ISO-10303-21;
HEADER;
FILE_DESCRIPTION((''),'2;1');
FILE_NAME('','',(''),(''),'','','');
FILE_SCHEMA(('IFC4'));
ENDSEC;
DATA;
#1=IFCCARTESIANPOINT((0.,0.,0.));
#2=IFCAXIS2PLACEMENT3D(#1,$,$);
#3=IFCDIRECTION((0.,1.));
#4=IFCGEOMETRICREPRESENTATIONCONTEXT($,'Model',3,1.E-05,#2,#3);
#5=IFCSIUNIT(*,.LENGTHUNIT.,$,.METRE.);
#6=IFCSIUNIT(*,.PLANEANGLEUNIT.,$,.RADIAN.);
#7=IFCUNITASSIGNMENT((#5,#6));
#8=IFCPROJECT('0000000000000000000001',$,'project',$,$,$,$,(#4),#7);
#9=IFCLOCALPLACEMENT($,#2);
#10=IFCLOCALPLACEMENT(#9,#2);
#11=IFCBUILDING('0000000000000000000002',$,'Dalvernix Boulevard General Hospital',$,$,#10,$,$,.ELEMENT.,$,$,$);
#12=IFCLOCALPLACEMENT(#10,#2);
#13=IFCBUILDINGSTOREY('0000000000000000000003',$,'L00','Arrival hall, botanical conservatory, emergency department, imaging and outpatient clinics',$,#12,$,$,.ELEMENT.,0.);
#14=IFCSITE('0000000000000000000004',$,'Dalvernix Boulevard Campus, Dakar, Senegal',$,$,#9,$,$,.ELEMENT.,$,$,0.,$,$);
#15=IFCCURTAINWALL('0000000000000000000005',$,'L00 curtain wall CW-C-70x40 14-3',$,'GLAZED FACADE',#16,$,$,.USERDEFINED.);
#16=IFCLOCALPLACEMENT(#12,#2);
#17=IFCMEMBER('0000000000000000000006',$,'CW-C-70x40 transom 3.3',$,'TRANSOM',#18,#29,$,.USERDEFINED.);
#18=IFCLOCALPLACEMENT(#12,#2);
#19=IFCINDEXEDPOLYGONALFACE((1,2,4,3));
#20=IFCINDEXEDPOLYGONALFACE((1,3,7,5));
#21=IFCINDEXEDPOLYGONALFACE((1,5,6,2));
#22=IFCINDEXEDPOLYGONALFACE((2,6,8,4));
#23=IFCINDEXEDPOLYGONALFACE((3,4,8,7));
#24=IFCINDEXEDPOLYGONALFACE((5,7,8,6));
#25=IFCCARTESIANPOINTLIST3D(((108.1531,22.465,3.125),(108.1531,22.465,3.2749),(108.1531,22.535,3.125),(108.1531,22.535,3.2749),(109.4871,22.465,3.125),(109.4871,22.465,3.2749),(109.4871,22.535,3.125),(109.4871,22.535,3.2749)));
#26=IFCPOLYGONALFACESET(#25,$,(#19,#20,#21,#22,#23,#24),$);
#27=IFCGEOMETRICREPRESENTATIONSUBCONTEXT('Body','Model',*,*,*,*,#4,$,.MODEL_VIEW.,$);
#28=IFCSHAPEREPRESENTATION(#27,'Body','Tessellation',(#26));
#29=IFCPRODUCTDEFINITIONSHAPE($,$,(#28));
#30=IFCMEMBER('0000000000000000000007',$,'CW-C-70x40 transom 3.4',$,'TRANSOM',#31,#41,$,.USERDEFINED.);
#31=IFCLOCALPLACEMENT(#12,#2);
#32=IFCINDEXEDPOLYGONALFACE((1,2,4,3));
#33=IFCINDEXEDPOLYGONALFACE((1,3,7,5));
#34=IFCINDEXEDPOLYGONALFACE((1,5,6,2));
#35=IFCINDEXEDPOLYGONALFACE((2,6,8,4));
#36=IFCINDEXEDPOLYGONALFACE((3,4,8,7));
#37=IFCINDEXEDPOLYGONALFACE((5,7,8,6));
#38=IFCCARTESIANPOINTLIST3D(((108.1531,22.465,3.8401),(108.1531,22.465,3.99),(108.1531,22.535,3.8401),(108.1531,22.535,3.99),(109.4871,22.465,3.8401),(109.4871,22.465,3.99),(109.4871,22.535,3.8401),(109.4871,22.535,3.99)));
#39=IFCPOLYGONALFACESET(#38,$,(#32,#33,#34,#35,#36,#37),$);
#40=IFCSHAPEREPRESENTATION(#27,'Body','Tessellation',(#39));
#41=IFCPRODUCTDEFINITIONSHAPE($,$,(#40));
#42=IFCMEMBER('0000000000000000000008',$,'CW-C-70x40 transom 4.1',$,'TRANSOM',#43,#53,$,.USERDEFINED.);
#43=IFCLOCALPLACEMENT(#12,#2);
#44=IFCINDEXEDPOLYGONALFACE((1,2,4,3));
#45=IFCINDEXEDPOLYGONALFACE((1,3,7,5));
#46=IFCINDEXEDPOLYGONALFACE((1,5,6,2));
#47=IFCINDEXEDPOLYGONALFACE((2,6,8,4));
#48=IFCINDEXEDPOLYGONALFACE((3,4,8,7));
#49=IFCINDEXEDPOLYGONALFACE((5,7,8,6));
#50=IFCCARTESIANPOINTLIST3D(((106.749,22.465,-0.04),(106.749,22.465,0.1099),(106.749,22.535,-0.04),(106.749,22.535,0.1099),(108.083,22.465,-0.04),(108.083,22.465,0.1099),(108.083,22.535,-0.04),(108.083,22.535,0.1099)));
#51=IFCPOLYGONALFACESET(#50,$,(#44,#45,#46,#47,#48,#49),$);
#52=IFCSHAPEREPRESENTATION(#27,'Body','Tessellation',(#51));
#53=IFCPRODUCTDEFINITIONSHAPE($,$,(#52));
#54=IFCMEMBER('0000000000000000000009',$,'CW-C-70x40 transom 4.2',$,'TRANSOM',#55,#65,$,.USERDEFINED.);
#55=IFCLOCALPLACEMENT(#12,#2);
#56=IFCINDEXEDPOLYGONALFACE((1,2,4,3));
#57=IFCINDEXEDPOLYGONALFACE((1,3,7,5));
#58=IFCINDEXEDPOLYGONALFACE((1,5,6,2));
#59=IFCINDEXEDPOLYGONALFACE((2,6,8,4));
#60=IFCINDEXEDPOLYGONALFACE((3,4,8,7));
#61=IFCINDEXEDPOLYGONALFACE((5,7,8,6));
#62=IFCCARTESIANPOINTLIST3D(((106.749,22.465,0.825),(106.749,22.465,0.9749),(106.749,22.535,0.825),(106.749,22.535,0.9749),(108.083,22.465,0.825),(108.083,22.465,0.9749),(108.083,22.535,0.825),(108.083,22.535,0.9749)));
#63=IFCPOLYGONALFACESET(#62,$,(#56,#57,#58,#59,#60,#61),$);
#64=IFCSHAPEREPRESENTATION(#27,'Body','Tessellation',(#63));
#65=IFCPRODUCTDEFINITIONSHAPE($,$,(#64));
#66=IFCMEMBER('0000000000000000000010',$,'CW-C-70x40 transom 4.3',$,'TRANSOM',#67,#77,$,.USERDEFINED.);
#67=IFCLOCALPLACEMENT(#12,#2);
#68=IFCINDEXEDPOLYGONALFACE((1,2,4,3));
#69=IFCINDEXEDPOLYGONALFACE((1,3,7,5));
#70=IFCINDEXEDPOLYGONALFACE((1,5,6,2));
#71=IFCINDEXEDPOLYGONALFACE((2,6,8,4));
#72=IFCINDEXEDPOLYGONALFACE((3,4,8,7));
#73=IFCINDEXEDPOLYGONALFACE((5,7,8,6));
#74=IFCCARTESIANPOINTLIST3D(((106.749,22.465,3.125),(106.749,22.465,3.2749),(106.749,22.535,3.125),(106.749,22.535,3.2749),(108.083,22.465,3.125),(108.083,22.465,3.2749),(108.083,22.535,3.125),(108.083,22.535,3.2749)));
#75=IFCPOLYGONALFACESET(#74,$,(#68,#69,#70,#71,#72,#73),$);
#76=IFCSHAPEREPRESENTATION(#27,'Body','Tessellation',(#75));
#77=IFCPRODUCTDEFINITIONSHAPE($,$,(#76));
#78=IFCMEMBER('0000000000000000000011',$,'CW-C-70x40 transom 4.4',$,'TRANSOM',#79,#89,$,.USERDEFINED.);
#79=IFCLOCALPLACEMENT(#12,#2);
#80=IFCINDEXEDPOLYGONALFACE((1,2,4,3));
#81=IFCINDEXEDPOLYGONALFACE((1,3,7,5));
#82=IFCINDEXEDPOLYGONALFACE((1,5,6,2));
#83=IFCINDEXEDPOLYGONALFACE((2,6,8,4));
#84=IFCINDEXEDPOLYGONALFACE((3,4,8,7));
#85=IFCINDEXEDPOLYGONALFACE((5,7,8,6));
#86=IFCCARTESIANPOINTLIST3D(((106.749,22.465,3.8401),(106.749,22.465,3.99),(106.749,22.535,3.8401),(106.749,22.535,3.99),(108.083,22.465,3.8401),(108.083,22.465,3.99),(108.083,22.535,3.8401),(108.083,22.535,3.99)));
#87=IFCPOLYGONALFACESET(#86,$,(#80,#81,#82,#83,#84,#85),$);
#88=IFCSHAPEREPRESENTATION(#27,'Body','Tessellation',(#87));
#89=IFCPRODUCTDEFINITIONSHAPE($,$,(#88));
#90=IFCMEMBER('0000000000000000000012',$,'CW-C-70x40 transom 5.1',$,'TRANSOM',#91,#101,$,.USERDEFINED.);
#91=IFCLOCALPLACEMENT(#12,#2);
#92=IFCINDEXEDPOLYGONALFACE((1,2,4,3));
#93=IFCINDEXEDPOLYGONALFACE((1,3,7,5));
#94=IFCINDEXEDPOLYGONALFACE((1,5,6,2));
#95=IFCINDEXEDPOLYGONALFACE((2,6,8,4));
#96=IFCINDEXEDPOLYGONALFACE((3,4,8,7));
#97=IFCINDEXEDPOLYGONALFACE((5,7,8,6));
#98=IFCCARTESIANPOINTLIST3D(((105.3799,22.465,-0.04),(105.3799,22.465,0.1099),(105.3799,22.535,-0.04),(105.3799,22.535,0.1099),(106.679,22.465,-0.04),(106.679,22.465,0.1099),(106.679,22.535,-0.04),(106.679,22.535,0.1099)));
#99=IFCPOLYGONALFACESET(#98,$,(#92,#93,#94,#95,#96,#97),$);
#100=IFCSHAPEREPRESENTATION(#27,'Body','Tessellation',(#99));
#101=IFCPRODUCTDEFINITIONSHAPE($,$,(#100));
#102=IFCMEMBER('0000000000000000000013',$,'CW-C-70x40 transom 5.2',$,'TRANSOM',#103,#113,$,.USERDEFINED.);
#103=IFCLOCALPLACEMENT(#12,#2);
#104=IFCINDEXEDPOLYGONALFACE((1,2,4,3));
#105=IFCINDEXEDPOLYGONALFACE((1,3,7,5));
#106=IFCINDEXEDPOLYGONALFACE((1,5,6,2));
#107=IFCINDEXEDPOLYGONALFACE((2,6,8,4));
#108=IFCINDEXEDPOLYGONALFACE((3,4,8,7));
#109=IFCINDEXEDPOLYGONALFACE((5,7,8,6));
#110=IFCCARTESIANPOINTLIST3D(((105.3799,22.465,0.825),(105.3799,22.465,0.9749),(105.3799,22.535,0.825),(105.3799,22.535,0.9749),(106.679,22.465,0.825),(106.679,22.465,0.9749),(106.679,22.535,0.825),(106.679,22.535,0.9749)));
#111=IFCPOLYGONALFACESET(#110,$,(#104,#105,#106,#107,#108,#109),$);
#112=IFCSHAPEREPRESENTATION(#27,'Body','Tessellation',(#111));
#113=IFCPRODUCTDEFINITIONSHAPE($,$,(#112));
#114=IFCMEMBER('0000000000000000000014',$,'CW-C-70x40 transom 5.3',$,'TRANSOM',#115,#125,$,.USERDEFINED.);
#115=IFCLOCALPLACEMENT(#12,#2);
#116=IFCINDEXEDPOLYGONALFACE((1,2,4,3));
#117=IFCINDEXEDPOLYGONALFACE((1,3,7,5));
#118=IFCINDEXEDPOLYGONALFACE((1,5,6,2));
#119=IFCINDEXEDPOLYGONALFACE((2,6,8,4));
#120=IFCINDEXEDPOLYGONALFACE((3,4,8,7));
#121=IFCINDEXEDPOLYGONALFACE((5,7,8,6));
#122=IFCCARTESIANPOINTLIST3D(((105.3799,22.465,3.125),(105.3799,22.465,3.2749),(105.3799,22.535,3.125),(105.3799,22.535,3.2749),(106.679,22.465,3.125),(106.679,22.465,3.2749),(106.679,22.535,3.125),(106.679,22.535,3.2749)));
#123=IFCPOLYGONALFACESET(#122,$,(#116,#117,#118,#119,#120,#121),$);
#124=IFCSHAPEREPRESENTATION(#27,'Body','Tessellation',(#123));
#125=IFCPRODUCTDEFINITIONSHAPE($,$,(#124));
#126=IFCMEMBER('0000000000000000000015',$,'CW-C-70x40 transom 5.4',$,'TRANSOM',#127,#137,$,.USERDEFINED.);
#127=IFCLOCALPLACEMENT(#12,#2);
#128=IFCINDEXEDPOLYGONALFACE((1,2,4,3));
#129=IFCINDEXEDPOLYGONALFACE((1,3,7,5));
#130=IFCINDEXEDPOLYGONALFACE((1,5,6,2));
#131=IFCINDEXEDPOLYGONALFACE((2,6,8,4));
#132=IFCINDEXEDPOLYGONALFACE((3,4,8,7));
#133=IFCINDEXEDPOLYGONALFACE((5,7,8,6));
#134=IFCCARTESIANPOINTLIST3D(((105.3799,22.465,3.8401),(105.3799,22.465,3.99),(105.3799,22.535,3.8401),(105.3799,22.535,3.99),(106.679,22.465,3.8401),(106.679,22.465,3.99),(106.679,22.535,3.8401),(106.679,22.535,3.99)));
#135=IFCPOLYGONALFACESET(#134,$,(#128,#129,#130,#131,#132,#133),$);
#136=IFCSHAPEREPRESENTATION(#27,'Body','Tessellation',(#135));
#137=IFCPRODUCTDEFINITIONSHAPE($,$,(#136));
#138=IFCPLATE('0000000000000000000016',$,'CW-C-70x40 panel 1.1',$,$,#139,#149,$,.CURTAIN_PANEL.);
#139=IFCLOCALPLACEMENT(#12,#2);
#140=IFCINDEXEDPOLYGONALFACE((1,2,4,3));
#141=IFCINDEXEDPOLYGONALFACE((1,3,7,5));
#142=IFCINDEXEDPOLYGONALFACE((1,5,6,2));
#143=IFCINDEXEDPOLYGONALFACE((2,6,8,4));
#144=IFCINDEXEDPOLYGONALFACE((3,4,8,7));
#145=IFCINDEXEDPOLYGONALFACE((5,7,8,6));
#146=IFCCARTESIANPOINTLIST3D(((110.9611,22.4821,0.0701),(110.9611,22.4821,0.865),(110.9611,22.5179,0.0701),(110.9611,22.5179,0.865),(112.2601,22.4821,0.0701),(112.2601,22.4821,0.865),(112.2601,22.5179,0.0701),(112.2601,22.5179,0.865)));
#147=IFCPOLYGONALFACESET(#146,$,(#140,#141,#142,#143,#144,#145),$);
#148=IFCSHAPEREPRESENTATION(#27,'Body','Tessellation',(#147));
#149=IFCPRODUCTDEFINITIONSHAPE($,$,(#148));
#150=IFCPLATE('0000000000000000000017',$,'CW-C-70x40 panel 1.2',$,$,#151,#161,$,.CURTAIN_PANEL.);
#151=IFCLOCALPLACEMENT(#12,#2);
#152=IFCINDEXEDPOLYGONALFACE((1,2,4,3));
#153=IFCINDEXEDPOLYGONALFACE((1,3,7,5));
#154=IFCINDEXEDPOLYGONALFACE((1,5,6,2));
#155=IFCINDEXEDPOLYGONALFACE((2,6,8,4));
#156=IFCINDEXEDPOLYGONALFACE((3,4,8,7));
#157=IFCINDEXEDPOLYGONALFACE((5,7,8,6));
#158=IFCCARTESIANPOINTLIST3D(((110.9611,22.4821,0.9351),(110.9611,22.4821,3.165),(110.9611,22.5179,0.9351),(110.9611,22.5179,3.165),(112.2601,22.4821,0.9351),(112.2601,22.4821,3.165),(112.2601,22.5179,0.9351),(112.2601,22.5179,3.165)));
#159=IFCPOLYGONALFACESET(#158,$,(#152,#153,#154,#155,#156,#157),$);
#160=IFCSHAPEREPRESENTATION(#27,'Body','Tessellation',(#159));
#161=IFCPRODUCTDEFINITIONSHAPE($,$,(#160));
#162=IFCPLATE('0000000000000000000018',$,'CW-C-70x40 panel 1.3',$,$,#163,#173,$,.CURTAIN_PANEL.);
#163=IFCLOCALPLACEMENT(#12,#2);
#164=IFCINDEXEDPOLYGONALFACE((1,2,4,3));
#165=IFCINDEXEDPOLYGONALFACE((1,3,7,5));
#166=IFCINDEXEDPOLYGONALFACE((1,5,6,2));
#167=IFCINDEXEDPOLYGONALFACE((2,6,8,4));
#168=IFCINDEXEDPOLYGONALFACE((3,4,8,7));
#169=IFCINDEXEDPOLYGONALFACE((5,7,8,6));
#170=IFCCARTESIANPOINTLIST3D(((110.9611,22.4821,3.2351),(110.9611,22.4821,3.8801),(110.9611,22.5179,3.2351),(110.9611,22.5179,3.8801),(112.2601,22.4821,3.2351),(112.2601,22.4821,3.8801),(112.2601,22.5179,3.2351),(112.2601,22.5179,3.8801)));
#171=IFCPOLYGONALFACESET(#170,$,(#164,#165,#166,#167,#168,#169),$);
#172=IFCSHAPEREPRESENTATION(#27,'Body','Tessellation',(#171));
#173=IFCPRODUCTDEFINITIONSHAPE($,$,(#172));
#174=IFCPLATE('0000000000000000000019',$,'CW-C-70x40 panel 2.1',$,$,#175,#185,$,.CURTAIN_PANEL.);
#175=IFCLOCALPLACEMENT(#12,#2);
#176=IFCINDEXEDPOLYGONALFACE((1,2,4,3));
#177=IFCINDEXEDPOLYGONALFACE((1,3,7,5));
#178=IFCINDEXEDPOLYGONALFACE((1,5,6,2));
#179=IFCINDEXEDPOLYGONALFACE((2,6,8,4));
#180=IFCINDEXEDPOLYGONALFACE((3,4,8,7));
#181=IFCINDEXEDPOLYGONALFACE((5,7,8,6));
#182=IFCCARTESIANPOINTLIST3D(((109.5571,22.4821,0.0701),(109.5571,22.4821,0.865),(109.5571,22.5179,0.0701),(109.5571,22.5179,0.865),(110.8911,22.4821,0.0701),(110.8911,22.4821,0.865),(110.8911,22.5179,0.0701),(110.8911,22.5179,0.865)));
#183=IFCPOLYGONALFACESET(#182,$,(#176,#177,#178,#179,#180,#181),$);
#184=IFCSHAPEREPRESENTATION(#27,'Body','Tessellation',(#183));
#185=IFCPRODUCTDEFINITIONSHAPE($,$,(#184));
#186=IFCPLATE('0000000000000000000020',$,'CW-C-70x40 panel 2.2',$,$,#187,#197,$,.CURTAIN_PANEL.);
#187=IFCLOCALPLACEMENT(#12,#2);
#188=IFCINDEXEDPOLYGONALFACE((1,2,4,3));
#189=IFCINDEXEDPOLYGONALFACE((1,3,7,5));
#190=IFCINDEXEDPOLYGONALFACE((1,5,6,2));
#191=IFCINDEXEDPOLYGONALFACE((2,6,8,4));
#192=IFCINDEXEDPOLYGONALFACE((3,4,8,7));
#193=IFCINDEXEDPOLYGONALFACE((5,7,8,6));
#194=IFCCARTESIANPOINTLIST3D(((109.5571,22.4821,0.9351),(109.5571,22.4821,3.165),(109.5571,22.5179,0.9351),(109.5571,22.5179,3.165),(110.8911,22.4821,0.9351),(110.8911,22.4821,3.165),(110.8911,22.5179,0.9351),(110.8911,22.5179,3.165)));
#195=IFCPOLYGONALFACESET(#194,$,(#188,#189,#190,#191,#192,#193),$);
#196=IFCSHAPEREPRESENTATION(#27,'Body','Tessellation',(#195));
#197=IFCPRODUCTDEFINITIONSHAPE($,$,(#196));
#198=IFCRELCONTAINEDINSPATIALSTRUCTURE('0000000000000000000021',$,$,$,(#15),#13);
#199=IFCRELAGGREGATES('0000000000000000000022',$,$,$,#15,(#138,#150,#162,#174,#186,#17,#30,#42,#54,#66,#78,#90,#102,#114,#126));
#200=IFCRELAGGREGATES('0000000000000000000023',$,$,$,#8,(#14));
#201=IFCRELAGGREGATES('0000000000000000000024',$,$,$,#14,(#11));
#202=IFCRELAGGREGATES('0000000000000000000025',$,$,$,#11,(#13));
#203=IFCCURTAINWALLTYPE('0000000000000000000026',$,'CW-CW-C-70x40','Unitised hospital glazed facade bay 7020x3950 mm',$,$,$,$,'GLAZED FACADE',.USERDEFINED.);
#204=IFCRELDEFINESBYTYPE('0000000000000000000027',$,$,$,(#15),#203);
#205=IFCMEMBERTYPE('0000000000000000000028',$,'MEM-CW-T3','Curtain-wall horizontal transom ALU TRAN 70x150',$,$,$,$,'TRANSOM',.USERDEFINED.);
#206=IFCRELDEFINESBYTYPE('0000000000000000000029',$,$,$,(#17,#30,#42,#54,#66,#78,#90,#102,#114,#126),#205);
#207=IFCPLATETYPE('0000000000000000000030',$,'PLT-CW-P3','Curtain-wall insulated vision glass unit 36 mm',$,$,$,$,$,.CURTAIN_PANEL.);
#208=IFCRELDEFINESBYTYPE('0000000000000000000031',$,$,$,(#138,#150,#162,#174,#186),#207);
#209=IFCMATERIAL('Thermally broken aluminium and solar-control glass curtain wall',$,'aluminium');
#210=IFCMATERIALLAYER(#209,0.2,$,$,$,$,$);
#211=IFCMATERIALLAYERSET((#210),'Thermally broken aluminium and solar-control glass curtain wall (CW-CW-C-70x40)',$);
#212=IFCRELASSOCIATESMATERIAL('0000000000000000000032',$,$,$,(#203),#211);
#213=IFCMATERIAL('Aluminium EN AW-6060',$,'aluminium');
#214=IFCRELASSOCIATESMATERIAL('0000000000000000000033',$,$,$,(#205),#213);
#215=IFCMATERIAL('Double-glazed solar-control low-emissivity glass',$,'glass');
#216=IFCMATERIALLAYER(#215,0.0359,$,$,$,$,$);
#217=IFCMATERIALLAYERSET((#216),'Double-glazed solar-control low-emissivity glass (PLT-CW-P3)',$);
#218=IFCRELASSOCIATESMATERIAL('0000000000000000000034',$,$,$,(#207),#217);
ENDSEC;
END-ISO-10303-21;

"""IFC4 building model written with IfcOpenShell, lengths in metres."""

from ifc_helpers import new_model, si_unit, direction, frame, origin, origin_2d, place, context, subcontext, project, spatial, rectangle, extrude, material, layer, layer_set, material_profile, profile_set, type_object, element, aggregate, save


model = new_model("IFC4")

# Units and contexts
model_context = context("Model", 3, precision=1e-05, world=origin(), true_north=direction((0.0, 1.0)))
body_context = subcontext(model_context, "Body", "Model", "MODEL_VIEW")
ifc_project = project(units=[si_unit("LENGTHUNIT", "METRE"), si_unit("PLANEANGLEUNIT", "RADIAN")], contexts=[model_context])

# Site, building, storey
site_placement = place(None, origin())
site = spatial("IfcSite", under=ifc_project, at=site_placement, Name="Dalvernix Boulevard Campus, Dakar, Senegal", CompositionType="ELEMENT", RefElevation=0.0)
building_placement = place(site_placement, origin())
building = spatial("IfcBuilding", under=site, at=building_placement, Name="Dalvernix Boulevard General Hospital", CompositionType="ELEMENT")
storey_placement = place(building_placement, origin())
storey = spatial("IfcBuildingStorey", under=building, at=storey_placement, Name="L00", Description="Arrival hall, botanical conservatory, emergency department, imaging and outpatient clinics", CompositionType="ELEMENT", Elevation=0.0)

# Curtain wall, members, plates
ifc_material_1 = material(Name="Thermally broken aluminium and solar-control glass curtain wall", Category="aluminium")
ifc_layer_1 = layer(ifc_material_1, 0.2)
ifc_layer_set_1 = layer_set([ifc_layer_1], Name="Thermally broken aluminium and solar-control glass curtain wall (CW-CW-C-70x40)")
curtain_wall_type = type_object("IfcCurtainWallType", Name="CW-CW-C-70x40", Description="Unitised hospital glazed facade bay 7020x3950 mm", ElementType="GLAZED FACADE", PredefinedType="USERDEFINED", material=ifc_layer_set_1)
curtain_wall_placement = place(storey_placement, origin())
curtain_wall = element("IfcCurtainWall", 1, at=curtain_wall_placement, inside=storey, type_object=curtain_wall_type, Name="L00 curtain wall CW-C-70x40 14-3", ObjectType="GLAZED FACADE", PredefinedType="USERDEFINED")
ifc_material_2 = material(Name="Aluminium EN AW-6060", Category="aluminium")
ifc_material_profile_1 = material_profile(ifc_material_2, rectangle(XDim=0.0701, YDim=0.1499, at=origin_2d()), Name="ALU TRAN 70x150")
ifc_profile_set_1 = profile_set([ifc_material_profile_1], Name="Aluminium EN AW-6060")
member_type_1 = type_object("IfcMemberType", Name="MEM-CW-T3", Description="Curtain-wall horizontal transom ALU TRAN 70x150", ElementType="TRANSOM", PredefinedType="USERDEFINED", material=ifc_profile_set_1)
member_1_placement = place(storey_placement, frame((109.4871, 22.5, 3.2), z_axis=(-1.0, 0.0, 0.0), x_axis=(0.0, -1.0, 0.0)))
member_1 = element("IfcMember", 2, at=member_1_placement, type_object=member_type_1, Name="CW-C-70x40 transom 3.3", ObjectType="TRANSOM", PredefinedType="USERDEFINED", context=body_context, shape_type="SweptSolid", body=[
    extrude(rectangle(XDim=0.0701, YDim=0.1499, at=origin_2d()), origin(), (0.0, 0.0, 1.0), 1.334),
])
member_2_placement = place(storey_placement, frame((109.4871, 22.5, 3.915), z_axis=(-1.0, 0.0, 0.0), x_axis=(0.0, -1.0, 0.0)))
member_2 = element("IfcMember", 3, at=member_2_placement, type_object=member_type_1, Name="CW-C-70x40 transom 3.4", ObjectType="TRANSOM", PredefinedType="USERDEFINED", context=body_context, shape_type="SweptSolid", body=[
    extrude(rectangle(XDim=0.0701, YDim=0.1499, at=origin_2d()), origin(), (0.0, 0.0, 1.0), 1.334),
])
member_3_placement = place(storey_placement, frame((108.083, 22.5, 0.0349), z_axis=(-1.0, 0.0, 0.0), x_axis=(0.0, -1.0, 0.0)))
member_3 = element("IfcMember", 4, at=member_3_placement, type_object=member_type_1, Name="CW-C-70x40 transom 4.1", ObjectType="TRANSOM", PredefinedType="USERDEFINED", context=body_context, shape_type="SweptSolid", body=[
    extrude(rectangle(XDim=0.0701, YDim=0.1499, at=origin_2d()), origin(), (0.0, 0.0, 1.0), 1.334),
])
member_4_placement = place(storey_placement, frame((108.083, 22.5, 0.8999), z_axis=(-1.0, 0.0, 0.0), x_axis=(0.0, -1.0, 0.0)))
member_4 = element("IfcMember", 5, at=member_4_placement, type_object=member_type_1, Name="CW-C-70x40 transom 4.2", ObjectType="TRANSOM", PredefinedType="USERDEFINED", context=body_context, shape_type="SweptSolid", body=[
    extrude(rectangle(XDim=0.0701, YDim=0.1499, at=origin_2d()), origin(), (0.0, 0.0, 1.0), 1.334),
])
member_5_placement = place(storey_placement, frame((108.083, 22.5, 3.2), z_axis=(-1.0, 0.0, 0.0), x_axis=(0.0, -1.0, 0.0)))
member_5 = element("IfcMember", 6, at=member_5_placement, type_object=member_type_1, Name="CW-C-70x40 transom 4.3", ObjectType="TRANSOM", PredefinedType="USERDEFINED", context=body_context, shape_type="SweptSolid", body=[
    extrude(rectangle(XDim=0.0701, YDim=0.1499, at=origin_2d()), origin(), (0.0, 0.0, 1.0), 1.334),
])
member_6_placement = place(storey_placement, frame((108.083, 22.5, 3.915), z_axis=(-1.0, 0.0, 0.0), x_axis=(0.0, -1.0, 0.0)))
member_6 = element("IfcMember", 7, at=member_6_placement, type_object=member_type_1, Name="CW-C-70x40 transom 4.4", ObjectType="TRANSOM", PredefinedType="USERDEFINED", context=body_context, shape_type="SweptSolid", body=[
    extrude(rectangle(XDim=0.0701, YDim=0.1499, at=origin_2d()), origin(), (0.0, 0.0, 1.0), 1.334),
])
member_7_placement = place(storey_placement, frame((106.679, 22.5, 0.0349), z_axis=(-1.0, 0.0, 0.0), x_axis=(0.0, -1.0, 0.0)))
member_7 = element("IfcMember", 8, at=member_7_placement, type_object=member_type_1, Name="CW-C-70x40 transom 5.1", ObjectType="TRANSOM", PredefinedType="USERDEFINED", context=body_context, shape_type="SweptSolid", body=[
    extrude(rectangle(XDim=0.0701, YDim=0.1499, at=origin_2d()), origin(), (0.0, 0.0, 1.0), 1.2991),
])
member_8_placement = place(storey_placement, frame((106.679, 22.5, 0.8999), z_axis=(-1.0, 0.0, 0.0), x_axis=(0.0, -1.0, 0.0)))
member_8 = element("IfcMember", 9, at=member_8_placement, type_object=member_type_1, Name="CW-C-70x40 transom 5.2", ObjectType="TRANSOM", PredefinedType="USERDEFINED", context=body_context, shape_type="SweptSolid", body=[
    extrude(rectangle(XDim=0.0701, YDim=0.1499, at=origin_2d()), origin(), (0.0, 0.0, 1.0), 1.2991),
])
member_9_placement = place(storey_placement, frame((106.679, 22.5, 3.2), z_axis=(-1.0, 0.0, 0.0), x_axis=(0.0, -1.0, 0.0)))
member_9 = element("IfcMember", 10, at=member_9_placement, type_object=member_type_1, Name="CW-C-70x40 transom 5.3", ObjectType="TRANSOM", PredefinedType="USERDEFINED", context=body_context, shape_type="SweptSolid", body=[
    extrude(rectangle(XDim=0.0701, YDim=0.1499, at=origin_2d()), origin(), (0.0, 0.0, 1.0), 1.2991),
])
member_10_placement = place(storey_placement, frame((106.679, 22.5, 3.915), z_axis=(-1.0, 0.0, 0.0), x_axis=(0.0, -1.0, 0.0)))
member_10 = element("IfcMember", 11, at=member_10_placement, type_object=member_type_1, Name="CW-C-70x40 transom 5.4", ObjectType="TRANSOM", PredefinedType="USERDEFINED", context=body_context, shape_type="SweptSolid", body=[
    extrude(rectangle(XDim=0.0701, YDim=0.1499, at=origin_2d()), origin(), (0.0, 0.0, 1.0), 1.2991),
])
ifc_material_3 = material(Name="Double-glazed solar-control low-emissivity glass", Category="glass")
ifc_layer_2 = layer(ifc_material_3, 0.0359)
ifc_layer_set_2 = layer_set([ifc_layer_2], Name="Double-glazed solar-control low-emissivity glass (PLT-CW-P3)")
plate_type = type_object("IfcPlateType", Name="PLT-CW-P3", Description="Curtain-wall insulated vision glass unit 36 mm", PredefinedType="CURTAIN_PANEL", material=ifc_layer_set_2)
plate_1_placement = place(storey_placement, frame((111.6106, 22.5, 0.0701), z_axis=(0.0, 0.0, 1.0), x_axis=(-1.0, 0.0, 0.0)))
plate_1 = element("IfcPlate", 12, at=plate_1_placement, type_object=plate_type, Name="CW-C-70x40 panel 1.1", PredefinedType="CURTAIN_PANEL", context=body_context, shape_type="SweptSolid", body=[
    extrude(rectangle(XDim=1.2991, YDim=0.0359, at=origin_2d()), origin(), (0.0, 0.0, 1.0), 0.7949),
])
plate_2_placement = place(storey_placement, frame((111.6106, 22.5, 0.9351), z_axis=(0.0, 0.0, 1.0), x_axis=(-1.0, 0.0, 0.0)))
plate_2 = element("IfcPlate", 13, at=plate_2_placement, type_object=plate_type, Name="CW-C-70x40 panel 1.2", PredefinedType="CURTAIN_PANEL", context=body_context, shape_type="SweptSolid", body=[
    extrude(rectangle(XDim=1.2991, YDim=0.0359, at=origin_2d()), origin(), (0.0, 0.0, 1.0), 2.23),
])
plate_3_placement = place(storey_placement, frame((111.6106, 22.5, 3.2351), z_axis=(0.0, 0.0, 1.0), x_axis=(-1.0, 0.0, 0.0)))
plate_3 = element("IfcPlate", 14, at=plate_3_placement, type_object=plate_type, Name="CW-C-70x40 panel 1.3", PredefinedType="CURTAIN_PANEL", context=body_context, shape_type="SweptSolid", body=[
    extrude(rectangle(XDim=1.2991, YDim=0.0359, at=origin_2d()), origin(), (0.0, 0.0, 1.0), 0.645),
])
plate_4_placement = place(storey_placement, frame((110.2241, 22.5, 0.0701), z_axis=(0.0, 0.0, 1.0), x_axis=(-1.0, 0.0, 0.0)))
plate_4 = element("IfcPlate", 15, at=plate_4_placement, type_object=plate_type, Name="CW-C-70x40 panel 2.1", PredefinedType="CURTAIN_PANEL", context=body_context, shape_type="SweptSolid", body=[
    extrude(rectangle(XDim=1.334, YDim=0.0359, at=origin_2d()), origin(), (0.0, 0.0, 1.0), 0.7949),
])
plate_5_placement = place(storey_placement, frame((110.2241, 22.5, 0.9351), z_axis=(0.0, 0.0, 1.0), x_axis=(-1.0, 0.0, 0.0)))
plate_5 = element("IfcPlate", 16, at=plate_5_placement, type_object=plate_type, Name="CW-C-70x40 panel 2.2", PredefinedType="CURTAIN_PANEL", context=body_context, shape_type="SweptSolid", body=[
    extrude(rectangle(XDim=1.334, YDim=0.0359, at=origin_2d()), origin(), (0.0, 0.0, 1.0), 2.23),
])
aggregate(curtain_wall, [plate_1, plate_2, plate_3, plate_4, plate_5, member_1, member_2, member_3, member_4, member_5, member_6, member_7, member_8, member_9, member_10])

save(model, "model.ifc")
